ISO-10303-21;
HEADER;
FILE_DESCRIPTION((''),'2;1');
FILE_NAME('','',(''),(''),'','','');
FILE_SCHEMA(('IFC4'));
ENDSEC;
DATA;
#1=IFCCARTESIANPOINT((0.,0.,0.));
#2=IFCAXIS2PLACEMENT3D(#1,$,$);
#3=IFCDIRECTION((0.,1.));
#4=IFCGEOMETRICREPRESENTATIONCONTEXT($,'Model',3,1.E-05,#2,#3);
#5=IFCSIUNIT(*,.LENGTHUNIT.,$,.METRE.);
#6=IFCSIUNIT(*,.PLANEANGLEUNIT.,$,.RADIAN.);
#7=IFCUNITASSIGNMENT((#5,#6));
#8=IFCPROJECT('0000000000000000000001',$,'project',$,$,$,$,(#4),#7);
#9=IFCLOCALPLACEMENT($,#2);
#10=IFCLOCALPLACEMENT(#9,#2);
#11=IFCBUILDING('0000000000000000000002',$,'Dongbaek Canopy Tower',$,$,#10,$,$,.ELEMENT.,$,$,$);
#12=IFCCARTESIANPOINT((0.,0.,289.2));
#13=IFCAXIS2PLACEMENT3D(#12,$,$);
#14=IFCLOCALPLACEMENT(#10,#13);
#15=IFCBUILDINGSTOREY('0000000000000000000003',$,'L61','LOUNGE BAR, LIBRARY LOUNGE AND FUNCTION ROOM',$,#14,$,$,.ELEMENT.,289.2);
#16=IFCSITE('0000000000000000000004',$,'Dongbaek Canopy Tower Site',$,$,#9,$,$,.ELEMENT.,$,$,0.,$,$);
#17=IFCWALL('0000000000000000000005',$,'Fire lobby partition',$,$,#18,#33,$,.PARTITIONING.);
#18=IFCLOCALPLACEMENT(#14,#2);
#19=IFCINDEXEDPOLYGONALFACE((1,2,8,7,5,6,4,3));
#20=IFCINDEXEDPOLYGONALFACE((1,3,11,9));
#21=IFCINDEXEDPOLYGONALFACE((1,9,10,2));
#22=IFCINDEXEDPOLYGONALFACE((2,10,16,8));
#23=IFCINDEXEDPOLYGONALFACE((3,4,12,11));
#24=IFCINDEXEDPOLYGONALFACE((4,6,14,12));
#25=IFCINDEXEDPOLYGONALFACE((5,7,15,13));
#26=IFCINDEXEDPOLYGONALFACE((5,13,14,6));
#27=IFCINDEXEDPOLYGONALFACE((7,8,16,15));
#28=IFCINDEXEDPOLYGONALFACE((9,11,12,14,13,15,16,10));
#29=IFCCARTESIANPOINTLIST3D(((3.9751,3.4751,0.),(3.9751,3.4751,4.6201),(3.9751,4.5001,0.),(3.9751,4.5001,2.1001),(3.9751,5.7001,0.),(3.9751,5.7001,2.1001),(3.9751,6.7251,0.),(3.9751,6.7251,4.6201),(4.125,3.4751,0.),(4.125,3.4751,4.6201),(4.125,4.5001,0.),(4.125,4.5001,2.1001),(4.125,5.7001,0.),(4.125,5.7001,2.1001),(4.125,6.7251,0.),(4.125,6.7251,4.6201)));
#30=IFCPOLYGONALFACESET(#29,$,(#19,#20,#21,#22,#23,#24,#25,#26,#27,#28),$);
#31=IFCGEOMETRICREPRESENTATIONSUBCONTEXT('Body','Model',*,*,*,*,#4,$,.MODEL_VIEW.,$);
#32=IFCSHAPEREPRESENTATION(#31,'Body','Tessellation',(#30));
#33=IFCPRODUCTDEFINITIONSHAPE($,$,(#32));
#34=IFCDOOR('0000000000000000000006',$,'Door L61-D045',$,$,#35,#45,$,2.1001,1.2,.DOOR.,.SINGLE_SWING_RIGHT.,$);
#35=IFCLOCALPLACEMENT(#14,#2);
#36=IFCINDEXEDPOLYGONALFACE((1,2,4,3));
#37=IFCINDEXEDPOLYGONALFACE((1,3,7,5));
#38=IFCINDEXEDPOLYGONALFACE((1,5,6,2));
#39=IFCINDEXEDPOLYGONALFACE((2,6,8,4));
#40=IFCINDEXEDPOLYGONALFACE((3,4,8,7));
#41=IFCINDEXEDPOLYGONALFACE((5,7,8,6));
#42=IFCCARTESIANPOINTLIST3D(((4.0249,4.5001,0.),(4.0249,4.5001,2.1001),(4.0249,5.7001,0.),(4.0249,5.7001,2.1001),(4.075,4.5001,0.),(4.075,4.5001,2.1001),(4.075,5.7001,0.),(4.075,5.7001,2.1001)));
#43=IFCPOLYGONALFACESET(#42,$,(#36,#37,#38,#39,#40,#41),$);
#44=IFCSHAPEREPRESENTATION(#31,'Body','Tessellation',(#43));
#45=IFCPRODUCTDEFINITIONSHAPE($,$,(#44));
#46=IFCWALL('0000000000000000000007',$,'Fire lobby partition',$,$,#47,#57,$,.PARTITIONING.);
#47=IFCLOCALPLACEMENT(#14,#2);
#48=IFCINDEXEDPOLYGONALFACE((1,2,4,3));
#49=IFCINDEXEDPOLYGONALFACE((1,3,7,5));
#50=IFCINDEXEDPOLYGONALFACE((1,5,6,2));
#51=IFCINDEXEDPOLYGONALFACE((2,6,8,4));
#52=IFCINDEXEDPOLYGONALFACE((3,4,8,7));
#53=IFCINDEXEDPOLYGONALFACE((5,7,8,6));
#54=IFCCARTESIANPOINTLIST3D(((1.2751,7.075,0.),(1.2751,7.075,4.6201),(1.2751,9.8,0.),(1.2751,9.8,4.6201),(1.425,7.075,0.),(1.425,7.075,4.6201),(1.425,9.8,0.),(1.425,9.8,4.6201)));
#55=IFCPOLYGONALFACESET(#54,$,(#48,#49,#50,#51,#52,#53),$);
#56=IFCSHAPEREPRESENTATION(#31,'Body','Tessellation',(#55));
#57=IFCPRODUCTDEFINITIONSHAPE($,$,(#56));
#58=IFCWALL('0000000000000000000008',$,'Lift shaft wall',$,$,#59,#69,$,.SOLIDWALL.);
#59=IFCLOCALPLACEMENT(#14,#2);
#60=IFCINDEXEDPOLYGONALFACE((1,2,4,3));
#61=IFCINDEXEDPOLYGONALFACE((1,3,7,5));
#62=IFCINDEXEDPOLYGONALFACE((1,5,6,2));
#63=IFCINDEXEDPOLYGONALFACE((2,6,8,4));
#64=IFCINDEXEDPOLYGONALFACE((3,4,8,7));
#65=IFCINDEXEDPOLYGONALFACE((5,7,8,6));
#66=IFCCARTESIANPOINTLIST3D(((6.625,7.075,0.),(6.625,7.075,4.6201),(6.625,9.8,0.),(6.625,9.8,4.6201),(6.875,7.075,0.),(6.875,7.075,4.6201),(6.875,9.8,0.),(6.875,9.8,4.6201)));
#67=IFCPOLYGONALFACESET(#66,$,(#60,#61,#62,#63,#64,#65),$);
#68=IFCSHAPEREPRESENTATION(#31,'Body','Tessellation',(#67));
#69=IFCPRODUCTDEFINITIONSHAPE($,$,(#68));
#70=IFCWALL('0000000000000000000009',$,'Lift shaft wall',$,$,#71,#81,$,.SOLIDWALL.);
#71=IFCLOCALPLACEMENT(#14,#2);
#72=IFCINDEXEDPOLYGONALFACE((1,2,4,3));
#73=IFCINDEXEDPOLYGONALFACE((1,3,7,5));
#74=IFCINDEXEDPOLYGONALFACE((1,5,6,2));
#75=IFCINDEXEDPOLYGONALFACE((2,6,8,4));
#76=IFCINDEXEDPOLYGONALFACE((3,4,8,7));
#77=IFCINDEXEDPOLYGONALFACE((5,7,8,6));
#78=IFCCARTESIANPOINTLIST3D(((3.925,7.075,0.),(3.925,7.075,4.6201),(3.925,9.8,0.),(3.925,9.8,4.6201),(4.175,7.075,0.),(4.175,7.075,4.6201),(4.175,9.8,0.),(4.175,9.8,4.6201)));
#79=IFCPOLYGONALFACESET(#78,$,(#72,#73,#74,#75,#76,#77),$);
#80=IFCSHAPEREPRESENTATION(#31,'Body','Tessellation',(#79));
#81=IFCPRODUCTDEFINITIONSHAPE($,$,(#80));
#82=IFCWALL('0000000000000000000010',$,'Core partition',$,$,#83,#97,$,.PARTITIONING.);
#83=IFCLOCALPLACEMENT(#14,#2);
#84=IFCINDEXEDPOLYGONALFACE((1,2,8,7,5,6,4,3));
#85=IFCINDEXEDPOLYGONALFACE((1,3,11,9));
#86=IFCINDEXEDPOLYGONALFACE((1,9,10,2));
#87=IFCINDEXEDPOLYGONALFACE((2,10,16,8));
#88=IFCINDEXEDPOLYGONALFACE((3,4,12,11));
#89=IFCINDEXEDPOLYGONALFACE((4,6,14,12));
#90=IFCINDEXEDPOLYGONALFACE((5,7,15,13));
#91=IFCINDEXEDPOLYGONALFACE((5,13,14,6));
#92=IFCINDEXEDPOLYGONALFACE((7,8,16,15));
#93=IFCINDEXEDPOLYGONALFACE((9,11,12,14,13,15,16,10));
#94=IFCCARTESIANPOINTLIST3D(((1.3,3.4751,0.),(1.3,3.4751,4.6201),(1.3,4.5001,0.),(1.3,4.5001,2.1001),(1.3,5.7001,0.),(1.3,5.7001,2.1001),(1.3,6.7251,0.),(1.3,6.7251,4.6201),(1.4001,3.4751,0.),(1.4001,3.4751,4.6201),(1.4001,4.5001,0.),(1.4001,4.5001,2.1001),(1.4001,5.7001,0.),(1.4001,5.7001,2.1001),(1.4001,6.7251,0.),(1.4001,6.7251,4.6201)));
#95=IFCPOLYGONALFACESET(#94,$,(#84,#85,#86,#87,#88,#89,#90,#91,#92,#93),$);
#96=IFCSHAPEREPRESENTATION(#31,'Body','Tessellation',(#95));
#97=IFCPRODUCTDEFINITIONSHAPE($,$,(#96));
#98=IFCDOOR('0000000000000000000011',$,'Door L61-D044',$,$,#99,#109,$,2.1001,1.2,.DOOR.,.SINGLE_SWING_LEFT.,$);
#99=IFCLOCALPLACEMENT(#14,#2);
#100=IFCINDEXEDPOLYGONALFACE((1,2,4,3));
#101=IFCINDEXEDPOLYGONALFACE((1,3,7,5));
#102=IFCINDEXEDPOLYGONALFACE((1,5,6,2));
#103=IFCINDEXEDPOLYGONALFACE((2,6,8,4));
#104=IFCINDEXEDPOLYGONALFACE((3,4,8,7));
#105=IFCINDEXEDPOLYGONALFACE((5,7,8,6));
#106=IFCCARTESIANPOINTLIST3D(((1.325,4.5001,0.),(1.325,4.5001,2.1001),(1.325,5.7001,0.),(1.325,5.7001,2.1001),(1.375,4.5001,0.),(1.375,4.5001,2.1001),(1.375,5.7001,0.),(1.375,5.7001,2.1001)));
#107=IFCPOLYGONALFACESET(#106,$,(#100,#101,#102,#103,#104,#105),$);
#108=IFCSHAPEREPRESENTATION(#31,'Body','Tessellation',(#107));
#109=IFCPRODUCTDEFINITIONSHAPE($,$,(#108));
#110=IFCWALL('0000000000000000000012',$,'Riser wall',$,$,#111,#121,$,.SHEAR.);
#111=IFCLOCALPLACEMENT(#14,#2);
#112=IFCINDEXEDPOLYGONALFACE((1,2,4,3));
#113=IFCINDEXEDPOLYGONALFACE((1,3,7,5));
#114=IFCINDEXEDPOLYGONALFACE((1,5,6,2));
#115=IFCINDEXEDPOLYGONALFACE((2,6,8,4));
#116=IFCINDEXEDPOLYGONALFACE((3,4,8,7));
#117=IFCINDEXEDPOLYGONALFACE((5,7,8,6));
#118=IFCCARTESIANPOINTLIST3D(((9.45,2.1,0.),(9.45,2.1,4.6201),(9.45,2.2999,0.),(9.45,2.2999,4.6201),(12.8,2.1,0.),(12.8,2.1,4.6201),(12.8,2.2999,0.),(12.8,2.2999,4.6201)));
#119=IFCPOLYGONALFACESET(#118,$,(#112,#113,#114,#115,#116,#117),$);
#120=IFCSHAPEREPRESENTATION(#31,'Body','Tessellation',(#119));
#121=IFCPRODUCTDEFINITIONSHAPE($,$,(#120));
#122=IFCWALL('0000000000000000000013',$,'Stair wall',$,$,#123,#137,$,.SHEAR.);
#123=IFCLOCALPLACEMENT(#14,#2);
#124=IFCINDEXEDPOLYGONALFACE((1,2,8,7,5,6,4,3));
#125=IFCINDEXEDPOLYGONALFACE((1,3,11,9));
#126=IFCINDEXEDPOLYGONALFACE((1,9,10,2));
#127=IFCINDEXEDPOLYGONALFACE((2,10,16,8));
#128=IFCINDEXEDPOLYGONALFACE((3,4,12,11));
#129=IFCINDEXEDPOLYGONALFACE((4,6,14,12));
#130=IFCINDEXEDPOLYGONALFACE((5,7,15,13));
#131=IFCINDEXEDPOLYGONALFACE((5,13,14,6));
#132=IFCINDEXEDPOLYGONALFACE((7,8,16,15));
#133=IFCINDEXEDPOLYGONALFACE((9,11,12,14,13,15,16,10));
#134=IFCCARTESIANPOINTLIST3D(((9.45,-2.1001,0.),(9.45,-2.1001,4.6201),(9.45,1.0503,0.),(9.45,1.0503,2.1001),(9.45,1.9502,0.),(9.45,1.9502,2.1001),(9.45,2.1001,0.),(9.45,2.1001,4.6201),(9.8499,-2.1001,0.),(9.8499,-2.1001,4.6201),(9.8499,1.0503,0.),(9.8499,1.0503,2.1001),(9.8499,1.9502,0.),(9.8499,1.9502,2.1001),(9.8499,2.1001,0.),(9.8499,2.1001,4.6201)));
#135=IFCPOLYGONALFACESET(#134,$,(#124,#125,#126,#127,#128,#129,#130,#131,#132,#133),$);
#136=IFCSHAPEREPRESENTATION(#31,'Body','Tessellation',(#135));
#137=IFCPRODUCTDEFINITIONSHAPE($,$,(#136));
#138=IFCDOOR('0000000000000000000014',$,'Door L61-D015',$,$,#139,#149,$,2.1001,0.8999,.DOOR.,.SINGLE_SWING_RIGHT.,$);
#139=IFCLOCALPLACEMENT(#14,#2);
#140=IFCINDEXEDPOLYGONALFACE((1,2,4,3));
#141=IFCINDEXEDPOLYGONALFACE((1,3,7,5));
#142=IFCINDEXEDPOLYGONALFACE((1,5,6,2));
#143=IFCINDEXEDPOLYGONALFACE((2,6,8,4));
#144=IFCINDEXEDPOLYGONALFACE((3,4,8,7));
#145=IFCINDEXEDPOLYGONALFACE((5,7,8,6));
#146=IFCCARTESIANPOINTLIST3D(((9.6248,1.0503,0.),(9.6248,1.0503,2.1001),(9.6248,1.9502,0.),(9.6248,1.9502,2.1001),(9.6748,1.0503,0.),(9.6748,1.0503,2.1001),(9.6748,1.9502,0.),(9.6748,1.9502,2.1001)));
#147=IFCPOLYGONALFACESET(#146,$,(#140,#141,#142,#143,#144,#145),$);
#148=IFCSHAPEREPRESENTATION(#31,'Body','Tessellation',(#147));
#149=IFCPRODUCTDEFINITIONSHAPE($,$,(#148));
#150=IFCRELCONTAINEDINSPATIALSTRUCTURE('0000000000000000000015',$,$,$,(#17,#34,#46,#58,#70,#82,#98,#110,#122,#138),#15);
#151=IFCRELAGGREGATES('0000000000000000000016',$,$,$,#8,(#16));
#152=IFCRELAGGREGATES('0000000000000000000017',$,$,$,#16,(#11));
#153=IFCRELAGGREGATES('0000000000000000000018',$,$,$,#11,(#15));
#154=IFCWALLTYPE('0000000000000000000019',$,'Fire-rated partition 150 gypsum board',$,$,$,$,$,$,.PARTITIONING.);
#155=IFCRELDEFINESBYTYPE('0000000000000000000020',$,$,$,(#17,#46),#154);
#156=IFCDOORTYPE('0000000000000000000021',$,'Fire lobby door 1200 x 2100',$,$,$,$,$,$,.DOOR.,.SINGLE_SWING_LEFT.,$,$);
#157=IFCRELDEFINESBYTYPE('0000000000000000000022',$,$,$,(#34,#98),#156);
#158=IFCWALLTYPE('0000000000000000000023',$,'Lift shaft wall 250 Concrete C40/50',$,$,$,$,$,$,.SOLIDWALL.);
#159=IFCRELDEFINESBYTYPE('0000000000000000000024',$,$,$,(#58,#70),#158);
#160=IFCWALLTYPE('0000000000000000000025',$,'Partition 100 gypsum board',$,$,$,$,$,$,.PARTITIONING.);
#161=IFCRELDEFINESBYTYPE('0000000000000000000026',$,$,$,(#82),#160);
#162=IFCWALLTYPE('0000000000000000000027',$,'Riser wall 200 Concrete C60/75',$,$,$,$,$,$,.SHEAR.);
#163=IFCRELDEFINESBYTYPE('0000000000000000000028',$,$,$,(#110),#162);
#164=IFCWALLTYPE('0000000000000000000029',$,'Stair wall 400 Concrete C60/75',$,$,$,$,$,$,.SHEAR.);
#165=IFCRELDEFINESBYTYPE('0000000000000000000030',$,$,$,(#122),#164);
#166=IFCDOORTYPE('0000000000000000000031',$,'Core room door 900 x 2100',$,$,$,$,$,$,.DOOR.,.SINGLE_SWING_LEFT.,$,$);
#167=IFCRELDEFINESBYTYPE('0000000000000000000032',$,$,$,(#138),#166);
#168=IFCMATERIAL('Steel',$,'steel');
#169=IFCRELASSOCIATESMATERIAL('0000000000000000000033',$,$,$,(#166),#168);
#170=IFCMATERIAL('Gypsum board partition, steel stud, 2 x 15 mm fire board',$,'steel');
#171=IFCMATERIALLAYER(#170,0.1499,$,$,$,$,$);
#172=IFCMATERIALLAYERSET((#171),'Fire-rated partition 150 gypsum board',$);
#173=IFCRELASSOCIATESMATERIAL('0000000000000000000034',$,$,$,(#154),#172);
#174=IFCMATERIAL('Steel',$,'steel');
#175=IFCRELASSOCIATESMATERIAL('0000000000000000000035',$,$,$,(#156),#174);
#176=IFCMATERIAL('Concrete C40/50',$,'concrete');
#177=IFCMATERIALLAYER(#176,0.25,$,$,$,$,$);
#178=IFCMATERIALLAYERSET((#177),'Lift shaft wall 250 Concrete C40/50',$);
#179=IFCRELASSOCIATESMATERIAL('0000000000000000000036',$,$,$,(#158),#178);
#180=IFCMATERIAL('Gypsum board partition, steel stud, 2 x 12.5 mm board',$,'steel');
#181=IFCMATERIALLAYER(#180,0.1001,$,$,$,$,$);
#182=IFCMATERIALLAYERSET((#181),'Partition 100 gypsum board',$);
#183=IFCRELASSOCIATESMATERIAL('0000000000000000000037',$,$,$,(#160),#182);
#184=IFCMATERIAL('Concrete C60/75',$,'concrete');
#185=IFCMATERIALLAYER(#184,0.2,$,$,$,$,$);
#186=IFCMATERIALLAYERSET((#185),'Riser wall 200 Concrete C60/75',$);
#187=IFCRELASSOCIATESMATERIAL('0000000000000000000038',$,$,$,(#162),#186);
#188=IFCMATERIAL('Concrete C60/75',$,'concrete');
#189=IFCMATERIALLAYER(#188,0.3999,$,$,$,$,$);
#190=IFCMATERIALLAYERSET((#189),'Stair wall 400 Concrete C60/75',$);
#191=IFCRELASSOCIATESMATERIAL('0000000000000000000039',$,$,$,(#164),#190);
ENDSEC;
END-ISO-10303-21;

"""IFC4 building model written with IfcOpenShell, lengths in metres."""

from ifc_helpers import new_model, si_unit, direction, frame, frame_2d, origin, place, context, subcontext, project, spatial, rectangle, extrude, material, layer, layer_set, type_object, element, fill, save


model = new_model("IFC4")

# Units and contexts
model_context = context("Model", 3, precision=1e-05, world=origin(), true_north=direction((0.0, 1.0)))
body_context = subcontext(model_context, "Body", "Model", "MODEL_VIEW")
ifc_project = project(units=[si_unit("LENGTHUNIT", "METRE"), si_unit("PLANEANGLEUNIT", "RADIAN")], contexts=[model_context])

# Site, building, storey
site_placement = place(None, origin())
site = spatial("IfcSite", under=ifc_project, at=site_placement, Name="Dongbaek Canopy Tower Site", CompositionType="ELEMENT", RefElevation=0.0)
building_placement = place(site_placement, origin())
building = spatial("IfcBuilding", under=site, at=building_placement, Name="Dongbaek Canopy Tower", CompositionType="ELEMENT")
storey_placement = place(building_placement, frame((0.0, 0.0, 289.2)))
storey = spatial("IfcBuildingStorey", under=building, at=storey_placement, Name="L61", Description="LOUNGE BAR, LIBRARY LOUNGE AND FUNCTION ROOM", CompositionType="ELEMENT", Elevation=289.2)

# Shared definitions
ifc_material_1 = material(Name="Steel", Category="steel")
door_type_1 = type_object("IfcDoorType", Name="Core room door 900 x 2100", OperationType="SINGLE_SWING_LEFT", PredefinedType="DOOR", material=ifc_material_1)

# Wall, opening, door
ifc_material_2 = material(Name="Gypsum board partition, steel stud, 2 x 15 mm fire board", Category="steel")
ifc_layer_1 = layer(ifc_material_2, 0.1499)
ifc_layer_set_1 = layer_set([ifc_layer_1], Name="Fire-rated partition 150 gypsum board")
wall_type_1 = type_object("IfcWallType", Name="Fire-rated partition 150 gypsum board", PredefinedType="PARTITIONING", material=ifc_layer_set_1)
wall_1_placement = place(storey_placement, frame((4.05, 6.7251, 0.0), z_axis=(0.0, 0.0, 1.0), x_axis=(0.0, -1.0, 0.0)))
wall_1 = element("IfcWall", 1, at=wall_1_placement, inside=storey, type_object=wall_type_1, Name="Fire lobby partition", PredefinedType="PARTITIONING", context=body_context, shape_type="SweptSolid", body=[
    extrude(rectangle(XDim=3.25, YDim=0.1499, at=frame_2d((1.625, 0.0))), origin(), (0.0, 0.0, 1.0), 4.6201),
])
opening_1_placement = place(wall_1_placement, frame((1.0249, 0.0, 0.0)))
opening_1 = element("IfcOpeningElement", 2, at=opening_1_placement, cuts=wall_1, PredefinedType="OPENING", context=body_context, shape_type="SweptSolid", body=[
    extrude(rectangle(XDim=1.2, YDim=2.1001, at=frame_2d((0.6001, 1.05))), frame((0.0, 0.085, 0.0), z_axis=(0.0, -1.0, 0.0), x_axis=(1.0, 0.0, 0.0)), (0.0, 0.0, 1.0), 0.1699),
])
ifc_material_3 = material(Name="Steel", Category="steel")
door_type_2 = type_object("IfcDoorType", Name="Fire lobby door 1200 x 2100", OperationType="SINGLE_SWING_LEFT", PredefinedType="DOOR", material=ifc_material_3)
door_1_placement = place(opening_1_placement, origin())
door_1 = element("IfcDoor", 3, at=door_1_placement, inside=storey, type_object=door_type_2, Name="Door L61-D045", OperationType="SINGLE_SWING_RIGHT", OverallHeight=2.1001, OverallWidth=1.2, PredefinedType="DOOR", context=body_context, shape_type="SweptSolid", body=[
    extrude(rectangle(XDim=1.2, YDim=2.1001, at=frame_2d((0.6001, 1.05))), frame((0.0, 0.0249, 0.0), z_axis=(0.0, -1.0, 0.0), x_axis=(1.0, 0.0, 0.0)), (0.0, 0.0, 1.0), 0.05),
])
fill(opening_1, door_1)

# Walls
wall_2_placement = place(storey_placement, frame((1.3501, 7.075, 0.0), z_axis=(0.0, 0.0, 1.0), x_axis=(0.0, 1.0, 0.0)))
element("IfcWall", 4, at=wall_2_placement, inside=storey, type_object=wall_type_1, Name="Fire lobby partition", PredefinedType="PARTITIONING", context=body_context, shape_type="SweptSolid", body=[
    extrude(rectangle(XDim=2.7251, YDim=0.1499, at=frame_2d((1.3625, 0.0))), origin(), (0.0, 0.0, 1.0), 4.6201),
])
ifc_material_4 = material(Name="Concrete C40/50", Category="concrete")
ifc_layer_2 = layer(ifc_material_4, 0.25)
ifc_layer_set_2 = layer_set([ifc_layer_2], Name="Lift shaft wall 250 Concrete C40/50")
wall_type_2 = type_object("IfcWallType", Name="Lift shaft wall 250 Concrete C40/50", PredefinedType="SOLIDWALL", material=ifc_layer_set_2)
for number, where, z_axis, x_axis, name in (
    (5, (6.75, 7.075, 0.0), (0.0, 0.0, 1.0), (0.0, 1.0, 0.0), "Lift shaft wall"),
    (6, (4.05, 7.075, 0.0), (0.0, 0.0, 1.0), (0.0, 1.0, 0.0), "Lift shaft wall"),
):
    element("IfcWall", number, at=place(storey_placement, frame(where, z_axis=z_axis, x_axis=x_axis)), inside=storey, type_object=wall_type_2, Name=name, PredefinedType="SOLIDWALL", context=body_context, shape_type="SweptSolid", body=[
        extrude(rectangle(XDim=2.7251, YDim=0.25, at=frame_2d((1.3625, 0.0))), origin(), (0.0, 0.0, 1.0), 4.6201),
    ])

# Wall, opening, door
ifc_material_5 = material(Name="Gypsum board partition, steel stud, 2 x 12.5 mm board", Category="steel")
ifc_layer_3 = layer(ifc_material_5, 0.1001)
ifc_layer_set_3 = layer_set([ifc_layer_3], Name="Partition 100 gypsum board")
wall_type_3 = type_object("IfcWallType", Name="Partition 100 gypsum board", PredefinedType="PARTITIONING", material=ifc_layer_set_3)
wall_3_placement = place(storey_placement, frame((1.3501, 6.7251, 0.0), z_axis=(0.0, 0.0, 1.0), x_axis=(0.0, -1.0, 0.0)))
wall_3 = element("IfcWall", 7, at=wall_3_placement, inside=storey, type_object=wall_type_3, Name="Core partition", PredefinedType="PARTITIONING", context=body_context, shape_type="SweptSolid", body=[
    extrude(rectangle(XDim=3.25, YDim=0.1001, at=frame_2d((1.625, 0.0))), origin(), (0.0, 0.0, 1.0), 4.6201),
])
opening_2_placement = place(wall_3_placement, frame((1.0249, 0.0, 0.0)))
opening_2 = element("IfcOpeningElement", 8, at=opening_2_placement, cuts=wall_3, PredefinedType="OPENING", context=body_context, shape_type="SweptSolid", body=[
    extrude(rectangle(XDim=1.2, YDim=2.1001, at=frame_2d((0.6001, 1.05))), frame((0.0, 0.0601, 0.0), z_axis=(0.0, -1.0, 0.0), x_axis=(1.0, 0.0, 0.0)), (0.0, 0.0, 1.0), 0.1201),
])
door_2_placement = place(opening_2_placement, origin())
door_2 = element("IfcDoor", 9, at=door_2_placement, inside=storey, type_object=door_type_2, Name="Door L61-D044", OperationType="SINGLE_SWING_LEFT", OverallHeight=2.1001, OverallWidth=1.2, PredefinedType="DOOR", context=body_context, shape_type="SweptSolid", body=[
    extrude(rectangle(XDim=1.2, YDim=2.1001, at=frame_2d((0.6001, 1.05))), frame((0.0, 0.0249, 0.0), z_axis=(0.0, -1.0, 0.0), x_axis=(1.0, 0.0, 0.0)), (0.0, 0.0, 1.0), 0.05),
])
fill(opening_2, door_2)

# Wall
ifc_material_6 = material(Name="Concrete C60/75", Category="concrete")
ifc_layer_4 = layer(ifc_material_6, 0.2)
ifc_layer_set_4 = layer_set([ifc_layer_4], Name="Riser wall 200 Concrete C60/75")
wall_type_4 = type_object("IfcWallType", Name="Riser wall 200 Concrete C60/75", PredefinedType="SHEAR", material=ifc_layer_set_4)
wall_4_placement = place(storey_placement, frame((9.45, 2.2, 0.0), z_axis=(0.0, 0.0, 1.0), x_axis=(1.0, 0.0, 0.0)))
element("IfcWall", 10, at=wall_4_placement, inside=storey, type_object=wall_type_4, Name="Riser wall", PredefinedType="SHEAR", context=body_context, shape_type="SweptSolid", body=[
    extrude(rectangle(XDim=3.3501, YDim=0.2, at=frame_2d((1.675, 0.0))), origin(), (0.0, 0.0, 1.0), 4.6201),
])

# Wall, opening, door
ifc_material_7 = material(Name="Concrete C60/75", Category="concrete")
ifc_layer_5 = layer(ifc_material_7, 0.3999)
ifc_layer_set_5 = layer_set([ifc_layer_5], Name="Stair wall 400 Concrete C60/75")
wall_type_5 = type_object("IfcWallType", Name="Stair wall 400 Concrete C60/75", PredefinedType="SHEAR", material=ifc_layer_set_5)
wall_5_placement = place(storey_placement, frame((9.6499, 2.1001, 0.0), z_axis=(0.0, 0.0, 1.0), x_axis=(0.0, -1.0, 0.0)))
wall_5 = element("IfcWall", 11, at=wall_5_placement, inside=storey, type_object=wall_type_5, Name="Stair wall", PredefinedType="SHEAR", context=body_context, shape_type="SweptSolid", body=[
    extrude(rectangle(XDim=4.2002, YDim=0.3999, at=frame_2d((2.1001, 0.0))), origin(), (0.0, 0.0, 1.0), 4.6201),
])
opening_3_placement = place(wall_5_placement, frame((0.1499, 0.0, 0.0)))
opening_3 = element("IfcOpeningElement", 12, at=opening_3_placement, cuts=wall_5, PredefinedType="OPENING", context=body_context, shape_type="SweptSolid", body=[
    extrude(rectangle(XDim=0.8999, YDim=2.1001, at=frame_2d((0.45, 1.05))), frame((0.0, 0.21, 0.0), z_axis=(0.0, -1.0, 0.0), x_axis=(1.0, 0.0, 0.0)), (0.0, 0.0, 1.0), 0.4199),
])
door_3_placement = place(opening_3_placement, origin())
door_3 = element("IfcDoor", 13, at=door_3_placement, inside=storey, type_object=door_type_1, Name="Door L61-D015", OperationType="SINGLE_SWING_RIGHT", OverallHeight=2.1001, OverallWidth=0.8999, PredefinedType="DOOR", context=body_context, shape_type="SweptSolid", body=[
    extrude(rectangle(XDim=0.8999, YDim=2.1001, at=frame_2d((0.45, 1.05))), frame((0.0, 0.0249, 0.0), z_axis=(0.0, -1.0, 0.0), x_axis=(1.0, 0.0, 0.0)), (0.0, 0.0, 1.0), 0.05),
])
fill(opening_3, door_3)

save(model, "model.ifc")
